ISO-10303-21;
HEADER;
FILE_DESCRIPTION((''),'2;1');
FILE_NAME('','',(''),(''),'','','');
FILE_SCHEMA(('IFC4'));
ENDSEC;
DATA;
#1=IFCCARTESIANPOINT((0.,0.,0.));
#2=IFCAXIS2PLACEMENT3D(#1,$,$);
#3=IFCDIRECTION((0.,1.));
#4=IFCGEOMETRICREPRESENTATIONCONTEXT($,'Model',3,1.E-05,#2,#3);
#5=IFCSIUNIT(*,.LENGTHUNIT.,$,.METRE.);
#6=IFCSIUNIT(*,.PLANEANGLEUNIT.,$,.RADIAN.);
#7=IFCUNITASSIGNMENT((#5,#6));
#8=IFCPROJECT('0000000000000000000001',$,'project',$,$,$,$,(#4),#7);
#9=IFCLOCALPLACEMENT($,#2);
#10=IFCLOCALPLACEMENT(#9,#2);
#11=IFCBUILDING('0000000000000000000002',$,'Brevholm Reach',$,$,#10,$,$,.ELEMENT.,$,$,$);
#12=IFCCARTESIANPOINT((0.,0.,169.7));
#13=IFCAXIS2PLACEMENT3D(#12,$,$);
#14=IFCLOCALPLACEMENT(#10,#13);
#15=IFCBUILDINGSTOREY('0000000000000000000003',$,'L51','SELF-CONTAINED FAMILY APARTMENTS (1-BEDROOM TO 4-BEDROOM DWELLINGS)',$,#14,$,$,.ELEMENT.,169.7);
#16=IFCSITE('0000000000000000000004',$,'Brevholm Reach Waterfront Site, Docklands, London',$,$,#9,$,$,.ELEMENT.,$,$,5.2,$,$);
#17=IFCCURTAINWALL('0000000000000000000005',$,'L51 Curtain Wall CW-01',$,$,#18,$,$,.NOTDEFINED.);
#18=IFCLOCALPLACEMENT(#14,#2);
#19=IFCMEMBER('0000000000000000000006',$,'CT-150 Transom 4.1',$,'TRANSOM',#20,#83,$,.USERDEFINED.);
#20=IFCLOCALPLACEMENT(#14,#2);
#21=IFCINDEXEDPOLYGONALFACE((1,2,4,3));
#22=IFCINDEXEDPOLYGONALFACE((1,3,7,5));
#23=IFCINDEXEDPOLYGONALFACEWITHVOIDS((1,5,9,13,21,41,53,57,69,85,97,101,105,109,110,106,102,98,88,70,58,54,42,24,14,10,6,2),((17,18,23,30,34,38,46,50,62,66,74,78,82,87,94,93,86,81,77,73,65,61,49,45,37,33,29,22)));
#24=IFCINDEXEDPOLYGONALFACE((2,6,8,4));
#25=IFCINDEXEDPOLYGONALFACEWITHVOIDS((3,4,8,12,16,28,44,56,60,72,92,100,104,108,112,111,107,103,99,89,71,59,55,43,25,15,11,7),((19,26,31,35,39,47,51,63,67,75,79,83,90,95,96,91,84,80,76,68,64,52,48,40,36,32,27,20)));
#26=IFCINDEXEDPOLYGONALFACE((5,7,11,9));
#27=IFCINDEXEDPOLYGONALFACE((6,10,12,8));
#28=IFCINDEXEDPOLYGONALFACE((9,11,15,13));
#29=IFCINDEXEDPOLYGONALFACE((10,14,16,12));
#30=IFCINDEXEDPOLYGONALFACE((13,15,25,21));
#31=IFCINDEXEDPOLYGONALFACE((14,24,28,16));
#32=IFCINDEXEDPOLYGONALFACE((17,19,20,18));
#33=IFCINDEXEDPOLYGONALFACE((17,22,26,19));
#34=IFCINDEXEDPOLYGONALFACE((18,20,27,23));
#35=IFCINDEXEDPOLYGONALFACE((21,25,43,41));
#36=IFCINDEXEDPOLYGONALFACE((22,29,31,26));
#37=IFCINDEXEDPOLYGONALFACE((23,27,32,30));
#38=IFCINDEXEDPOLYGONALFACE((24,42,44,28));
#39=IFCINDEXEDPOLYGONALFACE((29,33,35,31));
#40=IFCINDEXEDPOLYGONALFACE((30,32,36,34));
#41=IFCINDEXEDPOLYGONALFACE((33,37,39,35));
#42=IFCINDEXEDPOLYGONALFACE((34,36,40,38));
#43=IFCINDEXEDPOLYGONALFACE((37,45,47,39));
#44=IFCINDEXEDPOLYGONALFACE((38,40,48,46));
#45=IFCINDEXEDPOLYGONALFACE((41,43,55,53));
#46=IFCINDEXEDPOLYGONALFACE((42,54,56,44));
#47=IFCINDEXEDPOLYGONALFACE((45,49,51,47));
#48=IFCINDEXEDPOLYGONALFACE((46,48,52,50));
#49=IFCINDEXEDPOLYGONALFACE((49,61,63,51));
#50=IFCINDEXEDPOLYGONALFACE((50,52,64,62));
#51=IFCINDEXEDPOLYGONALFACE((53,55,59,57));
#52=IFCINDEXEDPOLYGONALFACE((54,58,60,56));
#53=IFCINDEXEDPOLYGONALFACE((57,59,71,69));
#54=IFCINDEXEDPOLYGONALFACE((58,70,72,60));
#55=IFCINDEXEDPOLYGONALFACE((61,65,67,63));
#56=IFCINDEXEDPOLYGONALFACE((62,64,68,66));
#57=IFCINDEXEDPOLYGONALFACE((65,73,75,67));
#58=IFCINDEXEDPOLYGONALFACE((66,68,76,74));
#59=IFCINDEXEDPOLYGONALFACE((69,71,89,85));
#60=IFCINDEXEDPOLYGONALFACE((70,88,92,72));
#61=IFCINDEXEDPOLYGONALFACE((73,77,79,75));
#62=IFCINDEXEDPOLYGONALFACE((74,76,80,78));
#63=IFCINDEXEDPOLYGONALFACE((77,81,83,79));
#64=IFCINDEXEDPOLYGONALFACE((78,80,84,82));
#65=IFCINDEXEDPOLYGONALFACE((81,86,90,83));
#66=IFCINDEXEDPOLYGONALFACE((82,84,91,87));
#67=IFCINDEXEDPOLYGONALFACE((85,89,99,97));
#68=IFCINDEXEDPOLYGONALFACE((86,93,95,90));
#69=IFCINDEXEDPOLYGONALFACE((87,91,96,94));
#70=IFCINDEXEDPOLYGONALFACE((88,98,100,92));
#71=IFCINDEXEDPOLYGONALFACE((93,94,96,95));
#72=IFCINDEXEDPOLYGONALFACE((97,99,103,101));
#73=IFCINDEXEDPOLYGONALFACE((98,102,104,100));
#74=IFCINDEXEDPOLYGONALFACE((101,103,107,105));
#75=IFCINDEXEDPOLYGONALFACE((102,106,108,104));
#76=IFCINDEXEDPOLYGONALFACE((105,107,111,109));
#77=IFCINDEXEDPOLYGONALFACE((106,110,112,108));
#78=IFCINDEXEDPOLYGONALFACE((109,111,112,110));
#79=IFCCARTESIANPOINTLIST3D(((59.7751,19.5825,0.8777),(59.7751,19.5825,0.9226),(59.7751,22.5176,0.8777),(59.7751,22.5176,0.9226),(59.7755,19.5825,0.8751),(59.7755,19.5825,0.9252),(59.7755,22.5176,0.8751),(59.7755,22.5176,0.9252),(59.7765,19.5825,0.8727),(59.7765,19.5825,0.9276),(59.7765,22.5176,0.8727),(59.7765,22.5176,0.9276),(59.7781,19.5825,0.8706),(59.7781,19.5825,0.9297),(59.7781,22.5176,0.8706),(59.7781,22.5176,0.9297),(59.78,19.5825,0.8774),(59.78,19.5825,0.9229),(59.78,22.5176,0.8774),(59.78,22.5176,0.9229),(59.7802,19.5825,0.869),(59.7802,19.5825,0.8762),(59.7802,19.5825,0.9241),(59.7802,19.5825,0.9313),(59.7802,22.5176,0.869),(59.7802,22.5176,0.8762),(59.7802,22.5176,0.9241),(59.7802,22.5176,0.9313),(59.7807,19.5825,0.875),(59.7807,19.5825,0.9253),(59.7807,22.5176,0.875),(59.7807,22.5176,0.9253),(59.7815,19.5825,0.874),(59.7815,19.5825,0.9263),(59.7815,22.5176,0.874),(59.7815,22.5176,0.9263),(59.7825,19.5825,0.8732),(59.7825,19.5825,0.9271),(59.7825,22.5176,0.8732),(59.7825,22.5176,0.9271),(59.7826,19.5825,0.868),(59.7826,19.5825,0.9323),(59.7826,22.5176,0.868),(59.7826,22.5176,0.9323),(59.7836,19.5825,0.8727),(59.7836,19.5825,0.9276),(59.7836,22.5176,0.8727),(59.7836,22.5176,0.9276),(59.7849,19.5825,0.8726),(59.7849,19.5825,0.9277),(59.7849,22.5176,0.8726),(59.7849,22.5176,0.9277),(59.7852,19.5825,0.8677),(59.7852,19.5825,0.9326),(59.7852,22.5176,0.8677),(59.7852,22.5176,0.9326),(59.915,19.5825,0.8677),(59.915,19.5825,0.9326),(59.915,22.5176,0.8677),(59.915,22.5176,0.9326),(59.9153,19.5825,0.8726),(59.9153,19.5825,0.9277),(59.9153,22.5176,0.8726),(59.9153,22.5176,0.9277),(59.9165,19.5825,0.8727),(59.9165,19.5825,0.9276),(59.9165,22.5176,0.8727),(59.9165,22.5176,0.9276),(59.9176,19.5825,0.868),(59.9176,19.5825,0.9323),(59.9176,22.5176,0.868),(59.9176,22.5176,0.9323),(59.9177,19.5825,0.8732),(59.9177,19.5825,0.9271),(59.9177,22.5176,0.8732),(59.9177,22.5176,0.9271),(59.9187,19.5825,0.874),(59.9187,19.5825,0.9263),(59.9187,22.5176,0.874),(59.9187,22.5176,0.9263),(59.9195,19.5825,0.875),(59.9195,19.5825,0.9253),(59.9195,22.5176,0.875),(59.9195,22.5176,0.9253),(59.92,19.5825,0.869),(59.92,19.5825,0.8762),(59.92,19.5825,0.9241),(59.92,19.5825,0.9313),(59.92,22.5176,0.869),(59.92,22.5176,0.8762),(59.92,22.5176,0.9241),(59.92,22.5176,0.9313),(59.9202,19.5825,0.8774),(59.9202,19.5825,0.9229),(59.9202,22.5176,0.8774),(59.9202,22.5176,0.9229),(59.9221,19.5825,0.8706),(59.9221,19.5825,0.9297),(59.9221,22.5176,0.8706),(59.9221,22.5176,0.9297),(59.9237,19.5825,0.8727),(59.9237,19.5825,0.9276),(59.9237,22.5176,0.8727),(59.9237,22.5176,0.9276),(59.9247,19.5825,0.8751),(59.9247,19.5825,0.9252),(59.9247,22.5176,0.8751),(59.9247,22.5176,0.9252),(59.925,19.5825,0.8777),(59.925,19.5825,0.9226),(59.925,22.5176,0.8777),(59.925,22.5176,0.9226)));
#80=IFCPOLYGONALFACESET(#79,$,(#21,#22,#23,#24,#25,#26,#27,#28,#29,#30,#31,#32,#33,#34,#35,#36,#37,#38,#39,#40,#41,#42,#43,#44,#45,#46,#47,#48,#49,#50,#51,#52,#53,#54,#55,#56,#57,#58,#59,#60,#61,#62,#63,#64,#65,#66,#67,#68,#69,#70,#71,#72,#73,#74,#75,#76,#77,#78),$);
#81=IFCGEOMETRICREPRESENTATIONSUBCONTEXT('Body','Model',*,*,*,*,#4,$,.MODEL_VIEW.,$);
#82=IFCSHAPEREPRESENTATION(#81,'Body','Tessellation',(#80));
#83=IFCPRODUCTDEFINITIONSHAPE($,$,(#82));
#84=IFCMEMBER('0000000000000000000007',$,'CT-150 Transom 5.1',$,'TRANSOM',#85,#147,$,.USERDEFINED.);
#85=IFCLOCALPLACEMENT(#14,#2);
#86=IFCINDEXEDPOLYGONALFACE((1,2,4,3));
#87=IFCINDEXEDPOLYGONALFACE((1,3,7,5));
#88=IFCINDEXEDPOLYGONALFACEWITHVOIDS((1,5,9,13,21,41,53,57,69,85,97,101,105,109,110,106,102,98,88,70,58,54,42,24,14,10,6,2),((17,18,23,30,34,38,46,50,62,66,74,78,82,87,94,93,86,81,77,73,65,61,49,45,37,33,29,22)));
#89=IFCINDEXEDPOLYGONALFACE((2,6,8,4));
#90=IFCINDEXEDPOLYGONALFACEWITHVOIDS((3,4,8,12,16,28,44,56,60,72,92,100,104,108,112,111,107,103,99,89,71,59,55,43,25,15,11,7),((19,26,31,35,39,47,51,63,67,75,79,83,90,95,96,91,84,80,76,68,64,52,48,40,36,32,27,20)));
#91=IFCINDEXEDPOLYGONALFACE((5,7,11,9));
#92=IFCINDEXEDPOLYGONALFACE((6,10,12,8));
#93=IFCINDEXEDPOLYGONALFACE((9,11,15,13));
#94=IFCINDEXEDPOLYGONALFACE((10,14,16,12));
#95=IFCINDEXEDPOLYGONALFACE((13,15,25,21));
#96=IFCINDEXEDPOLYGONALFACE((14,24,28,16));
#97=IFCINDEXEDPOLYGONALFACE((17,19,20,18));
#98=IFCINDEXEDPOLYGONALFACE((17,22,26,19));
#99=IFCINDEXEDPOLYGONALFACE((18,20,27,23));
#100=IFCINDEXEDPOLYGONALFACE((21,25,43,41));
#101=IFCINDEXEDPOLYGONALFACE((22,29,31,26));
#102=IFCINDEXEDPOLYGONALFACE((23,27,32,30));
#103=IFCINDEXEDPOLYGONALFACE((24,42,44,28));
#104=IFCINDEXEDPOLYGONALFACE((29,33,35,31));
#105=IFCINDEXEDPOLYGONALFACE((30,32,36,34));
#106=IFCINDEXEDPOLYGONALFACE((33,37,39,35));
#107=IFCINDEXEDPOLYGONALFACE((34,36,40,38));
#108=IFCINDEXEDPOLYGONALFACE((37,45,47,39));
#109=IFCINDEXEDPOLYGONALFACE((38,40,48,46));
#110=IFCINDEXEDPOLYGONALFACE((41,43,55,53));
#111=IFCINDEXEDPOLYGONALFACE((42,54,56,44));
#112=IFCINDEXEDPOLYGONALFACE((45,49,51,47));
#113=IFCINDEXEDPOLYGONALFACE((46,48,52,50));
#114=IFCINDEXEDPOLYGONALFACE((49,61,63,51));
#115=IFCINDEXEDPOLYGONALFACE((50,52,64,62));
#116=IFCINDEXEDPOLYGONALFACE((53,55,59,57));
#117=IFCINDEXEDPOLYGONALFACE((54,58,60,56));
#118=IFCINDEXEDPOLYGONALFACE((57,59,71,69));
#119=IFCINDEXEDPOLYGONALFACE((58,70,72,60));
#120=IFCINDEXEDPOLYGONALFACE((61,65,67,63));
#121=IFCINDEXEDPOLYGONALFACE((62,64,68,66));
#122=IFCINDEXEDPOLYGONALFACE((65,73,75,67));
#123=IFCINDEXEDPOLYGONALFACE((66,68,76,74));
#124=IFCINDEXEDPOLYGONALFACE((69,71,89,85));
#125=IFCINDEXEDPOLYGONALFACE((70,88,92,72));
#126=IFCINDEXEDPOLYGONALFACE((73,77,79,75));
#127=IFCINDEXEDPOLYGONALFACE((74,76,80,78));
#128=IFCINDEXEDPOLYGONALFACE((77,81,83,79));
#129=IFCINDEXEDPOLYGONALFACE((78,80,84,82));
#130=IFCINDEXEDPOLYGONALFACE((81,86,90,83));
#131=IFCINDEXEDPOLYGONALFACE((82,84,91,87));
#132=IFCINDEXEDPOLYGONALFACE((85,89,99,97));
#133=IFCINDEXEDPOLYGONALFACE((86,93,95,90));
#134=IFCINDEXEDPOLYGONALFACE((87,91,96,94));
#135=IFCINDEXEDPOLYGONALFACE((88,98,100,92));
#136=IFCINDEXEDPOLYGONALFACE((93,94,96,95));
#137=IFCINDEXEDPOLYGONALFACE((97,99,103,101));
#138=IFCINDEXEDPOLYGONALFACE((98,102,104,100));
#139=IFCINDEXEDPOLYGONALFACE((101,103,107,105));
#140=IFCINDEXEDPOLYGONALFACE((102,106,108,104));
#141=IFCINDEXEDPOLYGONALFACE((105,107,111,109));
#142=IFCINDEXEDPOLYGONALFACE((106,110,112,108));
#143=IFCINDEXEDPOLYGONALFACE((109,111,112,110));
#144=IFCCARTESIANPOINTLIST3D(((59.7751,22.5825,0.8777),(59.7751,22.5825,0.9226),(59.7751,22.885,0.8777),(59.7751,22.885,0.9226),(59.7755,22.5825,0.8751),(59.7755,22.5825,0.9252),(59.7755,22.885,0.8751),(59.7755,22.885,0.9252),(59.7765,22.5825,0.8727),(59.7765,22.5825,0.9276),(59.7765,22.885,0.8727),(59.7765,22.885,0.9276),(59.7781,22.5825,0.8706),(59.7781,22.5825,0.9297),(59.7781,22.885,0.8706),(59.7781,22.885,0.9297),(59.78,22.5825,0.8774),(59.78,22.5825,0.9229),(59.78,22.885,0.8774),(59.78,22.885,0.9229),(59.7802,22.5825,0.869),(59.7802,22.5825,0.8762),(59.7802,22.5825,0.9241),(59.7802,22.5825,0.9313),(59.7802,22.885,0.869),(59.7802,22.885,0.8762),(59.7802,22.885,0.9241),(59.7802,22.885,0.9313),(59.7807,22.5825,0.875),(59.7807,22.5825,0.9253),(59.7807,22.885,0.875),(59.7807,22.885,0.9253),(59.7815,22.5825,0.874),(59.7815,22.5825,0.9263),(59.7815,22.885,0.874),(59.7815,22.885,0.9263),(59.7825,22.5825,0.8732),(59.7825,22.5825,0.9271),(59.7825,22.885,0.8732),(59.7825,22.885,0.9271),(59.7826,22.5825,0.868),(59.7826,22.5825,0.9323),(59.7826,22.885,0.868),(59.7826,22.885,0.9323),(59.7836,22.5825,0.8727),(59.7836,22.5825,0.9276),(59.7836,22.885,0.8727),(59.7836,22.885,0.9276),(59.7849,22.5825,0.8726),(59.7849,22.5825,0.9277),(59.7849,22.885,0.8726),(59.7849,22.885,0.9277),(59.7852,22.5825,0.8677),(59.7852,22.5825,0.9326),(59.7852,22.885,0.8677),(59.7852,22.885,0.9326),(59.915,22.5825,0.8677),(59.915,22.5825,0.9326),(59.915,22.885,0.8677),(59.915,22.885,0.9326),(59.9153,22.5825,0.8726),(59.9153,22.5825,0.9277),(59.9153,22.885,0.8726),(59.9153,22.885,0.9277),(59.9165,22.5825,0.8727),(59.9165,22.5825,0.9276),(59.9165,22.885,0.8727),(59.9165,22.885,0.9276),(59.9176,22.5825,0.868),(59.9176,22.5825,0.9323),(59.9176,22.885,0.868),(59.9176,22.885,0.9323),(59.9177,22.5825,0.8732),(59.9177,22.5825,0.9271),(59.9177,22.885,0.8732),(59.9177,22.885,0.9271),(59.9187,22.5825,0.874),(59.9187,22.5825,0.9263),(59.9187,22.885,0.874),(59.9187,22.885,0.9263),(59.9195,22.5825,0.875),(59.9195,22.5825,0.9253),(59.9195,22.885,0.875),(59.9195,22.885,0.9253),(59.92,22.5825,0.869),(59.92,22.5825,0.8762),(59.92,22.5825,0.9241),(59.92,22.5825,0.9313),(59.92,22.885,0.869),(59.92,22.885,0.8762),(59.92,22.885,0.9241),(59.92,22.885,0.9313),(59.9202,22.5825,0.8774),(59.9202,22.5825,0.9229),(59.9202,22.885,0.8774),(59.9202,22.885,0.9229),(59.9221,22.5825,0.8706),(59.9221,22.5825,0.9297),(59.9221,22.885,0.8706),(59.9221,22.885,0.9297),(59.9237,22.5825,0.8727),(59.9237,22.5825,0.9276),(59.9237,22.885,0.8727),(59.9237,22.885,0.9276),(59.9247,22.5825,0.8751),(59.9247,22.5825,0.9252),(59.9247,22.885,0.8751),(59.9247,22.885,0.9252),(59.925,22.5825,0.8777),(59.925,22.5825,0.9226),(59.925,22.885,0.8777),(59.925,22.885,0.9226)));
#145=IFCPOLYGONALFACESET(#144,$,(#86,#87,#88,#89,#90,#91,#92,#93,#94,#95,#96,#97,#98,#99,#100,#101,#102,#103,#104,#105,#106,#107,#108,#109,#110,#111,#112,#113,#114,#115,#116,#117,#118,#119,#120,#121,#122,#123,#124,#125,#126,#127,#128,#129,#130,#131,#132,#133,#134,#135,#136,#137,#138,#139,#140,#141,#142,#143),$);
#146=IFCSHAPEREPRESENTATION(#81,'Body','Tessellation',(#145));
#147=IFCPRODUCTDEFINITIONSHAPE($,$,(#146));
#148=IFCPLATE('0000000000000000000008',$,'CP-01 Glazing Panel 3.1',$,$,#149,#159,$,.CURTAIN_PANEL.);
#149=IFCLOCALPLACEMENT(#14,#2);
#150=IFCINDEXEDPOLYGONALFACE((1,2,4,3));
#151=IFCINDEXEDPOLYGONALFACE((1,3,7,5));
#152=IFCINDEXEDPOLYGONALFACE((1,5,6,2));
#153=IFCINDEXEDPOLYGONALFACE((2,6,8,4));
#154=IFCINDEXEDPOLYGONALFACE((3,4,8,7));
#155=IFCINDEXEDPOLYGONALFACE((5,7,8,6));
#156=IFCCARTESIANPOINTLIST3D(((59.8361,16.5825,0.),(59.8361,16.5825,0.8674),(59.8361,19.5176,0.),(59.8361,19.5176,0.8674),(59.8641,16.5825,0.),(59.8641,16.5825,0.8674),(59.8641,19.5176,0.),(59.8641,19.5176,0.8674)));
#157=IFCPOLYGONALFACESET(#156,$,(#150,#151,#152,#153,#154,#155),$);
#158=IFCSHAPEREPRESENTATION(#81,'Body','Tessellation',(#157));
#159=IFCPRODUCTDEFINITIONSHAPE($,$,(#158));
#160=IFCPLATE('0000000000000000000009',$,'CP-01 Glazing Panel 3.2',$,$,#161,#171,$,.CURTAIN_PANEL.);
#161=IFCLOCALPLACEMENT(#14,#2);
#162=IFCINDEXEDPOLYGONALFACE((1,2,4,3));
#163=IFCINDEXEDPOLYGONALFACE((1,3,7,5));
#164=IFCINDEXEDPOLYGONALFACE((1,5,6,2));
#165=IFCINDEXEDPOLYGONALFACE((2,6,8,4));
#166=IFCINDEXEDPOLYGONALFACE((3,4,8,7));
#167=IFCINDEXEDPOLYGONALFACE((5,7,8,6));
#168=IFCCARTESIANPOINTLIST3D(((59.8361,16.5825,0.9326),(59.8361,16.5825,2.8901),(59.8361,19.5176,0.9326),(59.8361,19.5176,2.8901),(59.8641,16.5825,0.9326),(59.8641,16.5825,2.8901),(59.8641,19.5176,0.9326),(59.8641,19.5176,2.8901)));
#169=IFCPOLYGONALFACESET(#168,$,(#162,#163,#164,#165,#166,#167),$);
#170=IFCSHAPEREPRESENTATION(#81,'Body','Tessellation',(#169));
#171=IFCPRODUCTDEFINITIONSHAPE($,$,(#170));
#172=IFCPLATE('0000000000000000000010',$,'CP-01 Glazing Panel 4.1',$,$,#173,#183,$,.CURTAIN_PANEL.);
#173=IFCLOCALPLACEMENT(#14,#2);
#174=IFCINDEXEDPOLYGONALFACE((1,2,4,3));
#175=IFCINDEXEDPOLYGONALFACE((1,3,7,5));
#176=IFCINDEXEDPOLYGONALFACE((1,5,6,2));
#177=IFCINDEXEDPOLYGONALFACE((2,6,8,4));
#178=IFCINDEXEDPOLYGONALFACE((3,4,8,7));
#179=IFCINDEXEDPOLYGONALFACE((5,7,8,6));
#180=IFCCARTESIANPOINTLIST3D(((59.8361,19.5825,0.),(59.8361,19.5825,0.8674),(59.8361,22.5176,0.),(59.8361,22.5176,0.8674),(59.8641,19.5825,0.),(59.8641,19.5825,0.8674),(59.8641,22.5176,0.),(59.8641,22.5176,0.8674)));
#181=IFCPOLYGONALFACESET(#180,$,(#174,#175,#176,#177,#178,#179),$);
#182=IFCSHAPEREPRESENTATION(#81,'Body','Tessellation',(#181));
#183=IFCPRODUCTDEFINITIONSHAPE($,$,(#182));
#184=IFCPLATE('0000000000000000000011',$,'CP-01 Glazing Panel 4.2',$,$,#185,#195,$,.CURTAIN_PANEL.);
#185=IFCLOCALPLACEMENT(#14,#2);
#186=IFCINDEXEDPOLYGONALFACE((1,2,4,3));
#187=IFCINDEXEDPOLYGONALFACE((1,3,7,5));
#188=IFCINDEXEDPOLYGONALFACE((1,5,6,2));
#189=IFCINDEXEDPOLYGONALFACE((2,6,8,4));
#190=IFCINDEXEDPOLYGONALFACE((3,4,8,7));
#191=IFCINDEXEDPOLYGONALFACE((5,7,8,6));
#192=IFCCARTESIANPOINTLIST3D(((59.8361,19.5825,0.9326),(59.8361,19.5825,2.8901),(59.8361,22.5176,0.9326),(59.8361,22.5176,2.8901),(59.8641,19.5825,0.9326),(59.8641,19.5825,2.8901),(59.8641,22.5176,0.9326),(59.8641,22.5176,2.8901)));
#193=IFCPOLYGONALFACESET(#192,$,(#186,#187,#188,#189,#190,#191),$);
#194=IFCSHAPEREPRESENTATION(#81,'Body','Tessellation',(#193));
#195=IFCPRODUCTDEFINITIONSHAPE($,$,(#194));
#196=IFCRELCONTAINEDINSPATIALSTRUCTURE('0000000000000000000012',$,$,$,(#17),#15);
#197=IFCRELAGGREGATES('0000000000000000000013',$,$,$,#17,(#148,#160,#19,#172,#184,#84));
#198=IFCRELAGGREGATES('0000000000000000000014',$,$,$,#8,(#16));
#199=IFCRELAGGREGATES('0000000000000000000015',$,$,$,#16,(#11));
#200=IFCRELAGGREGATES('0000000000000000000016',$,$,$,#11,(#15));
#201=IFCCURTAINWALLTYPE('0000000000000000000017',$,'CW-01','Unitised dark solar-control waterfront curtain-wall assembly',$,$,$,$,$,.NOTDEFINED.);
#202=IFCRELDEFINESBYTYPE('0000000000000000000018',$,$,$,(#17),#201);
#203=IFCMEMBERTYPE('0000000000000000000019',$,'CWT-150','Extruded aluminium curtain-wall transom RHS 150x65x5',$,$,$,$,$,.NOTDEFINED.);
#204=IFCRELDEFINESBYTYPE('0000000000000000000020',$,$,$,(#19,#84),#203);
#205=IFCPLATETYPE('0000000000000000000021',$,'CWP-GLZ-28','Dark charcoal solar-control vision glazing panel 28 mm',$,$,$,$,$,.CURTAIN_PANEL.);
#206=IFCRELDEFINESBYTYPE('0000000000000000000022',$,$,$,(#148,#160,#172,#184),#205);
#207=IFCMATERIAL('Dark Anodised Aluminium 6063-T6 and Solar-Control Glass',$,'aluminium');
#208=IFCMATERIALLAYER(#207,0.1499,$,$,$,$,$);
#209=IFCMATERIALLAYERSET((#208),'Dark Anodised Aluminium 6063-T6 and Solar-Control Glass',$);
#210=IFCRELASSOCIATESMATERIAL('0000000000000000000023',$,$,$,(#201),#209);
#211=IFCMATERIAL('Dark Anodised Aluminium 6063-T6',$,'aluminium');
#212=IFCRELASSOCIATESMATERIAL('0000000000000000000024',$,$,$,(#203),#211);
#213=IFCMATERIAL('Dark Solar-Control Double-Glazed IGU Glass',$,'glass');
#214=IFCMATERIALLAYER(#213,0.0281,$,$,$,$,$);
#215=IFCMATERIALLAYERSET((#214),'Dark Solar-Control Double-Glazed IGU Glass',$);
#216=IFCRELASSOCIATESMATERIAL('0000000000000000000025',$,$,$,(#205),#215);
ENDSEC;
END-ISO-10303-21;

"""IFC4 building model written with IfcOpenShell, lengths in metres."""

from ifc_helpers import new_model, si_unit, direction, frame, origin, origin_2d, place, context, subcontext, project, spatial, rectangle, hollow_rectangle, extrude, material, layer, layer_set, material_profile, profile_set, type_object, element, aggregate, save


model = new_model("IFC4")

# Units and contexts
model_context = context("Model", 3, precision=1e-05, world=origin(), true_north=direction((0.0, 1.0)))
body_context = subcontext(model_context, "Body", "Model", "MODEL_VIEW")
ifc_project = project(units=[si_unit("LENGTHUNIT", "METRE"), si_unit("PLANEANGLEUNIT", "RADIAN")], contexts=[model_context])

# Site, building, storey
site_placement = place(None, origin())
site = spatial("IfcSite", under=ifc_project, at=site_placement, Name="Brevholm Reach Waterfront Site, Docklands, London", CompositionType="ELEMENT", RefElevation=5.2)
building_placement = place(site_placement, origin())
building = spatial("IfcBuilding", under=site, at=building_placement, Name="Brevholm Reach", CompositionType="ELEMENT")
storey_placement = place(building_placement, frame((0.0, 0.0, 169.7)))
storey = spatial("IfcBuildingStorey", under=building, at=storey_placement, Name="L51", Description="SELF-CONTAINED FAMILY APARTMENTS (1-BEDROOM TO 4-BEDROOM DWELLINGS)", CompositionType="ELEMENT", Elevation=169.7)

# Curtain wall, members, plates
ifc_material_1 = material(Name="Dark Anodised Aluminium 6063-T6 and Solar-Control Glass", Category="aluminium")
ifc_layer_1 = layer(ifc_material_1, 0.1499)
ifc_layer_set_1 = layer_set([ifc_layer_1], Name="Dark Anodised Aluminium 6063-T6 and Solar-Control Glass")
curtain_wall_type = type_object("IfcCurtainWallType", Name="CW-01", Description="Unitised dark solar-control waterfront curtain-wall assembly", PredefinedType="NOTDEFINED", material=ifc_layer_set_1)
curtain_wall_placement = place(storey_placement, origin())
curtain_wall = element("IfcCurtainWall", 1, at=curtain_wall_placement, inside=storey, type_object=curtain_wall_type, Name="L51 Curtain Wall CW-01", PredefinedType="NOTDEFINED")
ifc_material_2 = material(Name="Dark Anodised Aluminium 6063-T6", Category="aluminium")
ifc_material_profile_1 = material_profile(ifc_material_2, hollow_rectangle(XDim=0.0649, YDim=0.1499, WallThickness=0.0049, InnerFilletRadius=0.0049, OuterFilletRadius=0.01, at=origin_2d()), Name="RHS 150x65x5")
ifc_profile_set_1 = profile_set([ifc_material_profile_1], Name="Dark Anodised Aluminium 6063-T6")
member_type_1 = type_object("IfcMemberType", Name="CWT-150", Description="Extruded aluminium curtain-wall transom RHS 150x65x5", PredefinedType="NOTDEFINED", material=ifc_profile_set_1)
member_1_placement = place(storey_placement, frame((59.8501, 19.5825, 0.9001), z_axis=(0.0, 1.0, 0.0), x_axis=(0.0, 0.0, 1.0)))
member_1 = element("IfcMember", 2, at=member_1_placement, type_object=member_type_1, Name="CT-150 Transom 4.1", ObjectType="TRANSOM", PredefinedType="USERDEFINED", context=body_context, shape_type="SweptSolid", body=[
    extrude(hollow_rectangle(XDim=0.0649, YDim=0.1499, WallThickness=0.0049, InnerFilletRadius=0.0049, OuterFilletRadius=0.01, at=origin_2d()), origin(), (0.0, 0.0, 1.0), 2.9351),
])
member_2_placement = place(storey_placement, frame((59.8501, 22.5825, 0.9001), z_axis=(0.0, 1.0, 0.0), x_axis=(0.0, 0.0, 1.0)))
member_2 = element("IfcMember", 3, at=member_2_placement, type_object=member_type_1, Name="CT-150 Transom 5.1", ObjectType="TRANSOM", PredefinedType="USERDEFINED", context=body_context, shape_type="SweptSolid", body=[
    extrude(hollow_rectangle(XDim=0.0649, YDim=0.1499, WallThickness=0.0049, InnerFilletRadius=0.0049, OuterFilletRadius=0.01, at=origin_2d()), origin(), (0.0, 0.0, 1.0), 0.3025),
])
ifc_material_3 = material(Name="Dark Solar-Control Double-Glazed IGU Glass", Category="glass")
ifc_layer_2 = layer(ifc_material_3, 0.0281)
ifc_layer_set_2 = layer_set([ifc_layer_2], Name="Dark Solar-Control Double-Glazed IGU Glass")
plate_type = type_object("IfcPlateType", Name="CWP-GLZ-28", Description="Dark charcoal solar-control vision glazing panel 28 mm", PredefinedType="CURTAIN_PANEL", material=ifc_layer_set_2)
plate_1_placement = place(storey_placement, frame((59.8501, 18.05, 0.0), z_axis=(0.0, 0.0, 1.0), x_axis=(0.0, 1.0, 0.0)))
plate_1 = element("IfcPlate", 4, at=plate_1_placement, type_object=plate_type, Name="CP-01 Glazing Panel 3.1", PredefinedType="CURTAIN_PANEL", context=body_context, shape_type="SweptSolid", body=[
    extrude(rectangle(XDim=2.9351, YDim=0.0281, at=origin_2d()), origin(), (0.0, 0.0, 1.0), 0.8674),
])
plate_2_placement = place(storey_placement, frame((59.8501, 18.05, 0.9326), z_axis=(0.0, 0.0, 1.0), x_axis=(0.0, 1.0, 0.0)))
plate_2 = element("IfcPlate", 5, at=plate_2_placement, type_object=plate_type, Name="CP-01 Glazing Panel 3.2", PredefinedType="CURTAIN_PANEL", context=body_context, shape_type="SweptSolid", body=[
    extrude(rectangle(XDim=2.9351, YDim=0.0281, at=origin_2d()), origin(), (0.0, 0.0, 1.0), 1.9575),
])
plate_3_placement = place(storey_placement, frame((59.8501, 21.05, 0.0), z_axis=(0.0, 0.0, 1.0), x_axis=(0.0, 1.0, 0.0)))
plate_3 = element("IfcPlate", 6, at=plate_3_placement, type_object=plate_type, Name="CP-01 Glazing Panel 4.1", PredefinedType="CURTAIN_PANEL", context=body_context, shape_type="SweptSolid", body=[
    extrude(rectangle(XDim=2.9351, YDim=0.0281, at=origin_2d()), origin(), (0.0, 0.0, 1.0), 0.8674),
])
plate_4_placement = place(storey_placement, frame((59.8501, 21.05, 0.9326), z_axis=(0.0, 0.0, 1.0), x_axis=(0.0, 1.0, 0.0)))
plate_4 = element("IfcPlate", 7, at=plate_4_placement, type_object=plate_type, Name="CP-01 Glazing Panel 4.2", PredefinedType="CURTAIN_PANEL", context=body_context, shape_type="SweptSolid", body=[
    extrude(rectangle(XDim=2.9351, YDim=0.0281, at=origin_2d()), origin(), (0.0, 0.0, 1.0), 1.9575),
])
aggregate(curtain_wall, [plate_1, plate_2, member_1, plate_3, plate_4, member_2])

save(model, "model.ifc")
